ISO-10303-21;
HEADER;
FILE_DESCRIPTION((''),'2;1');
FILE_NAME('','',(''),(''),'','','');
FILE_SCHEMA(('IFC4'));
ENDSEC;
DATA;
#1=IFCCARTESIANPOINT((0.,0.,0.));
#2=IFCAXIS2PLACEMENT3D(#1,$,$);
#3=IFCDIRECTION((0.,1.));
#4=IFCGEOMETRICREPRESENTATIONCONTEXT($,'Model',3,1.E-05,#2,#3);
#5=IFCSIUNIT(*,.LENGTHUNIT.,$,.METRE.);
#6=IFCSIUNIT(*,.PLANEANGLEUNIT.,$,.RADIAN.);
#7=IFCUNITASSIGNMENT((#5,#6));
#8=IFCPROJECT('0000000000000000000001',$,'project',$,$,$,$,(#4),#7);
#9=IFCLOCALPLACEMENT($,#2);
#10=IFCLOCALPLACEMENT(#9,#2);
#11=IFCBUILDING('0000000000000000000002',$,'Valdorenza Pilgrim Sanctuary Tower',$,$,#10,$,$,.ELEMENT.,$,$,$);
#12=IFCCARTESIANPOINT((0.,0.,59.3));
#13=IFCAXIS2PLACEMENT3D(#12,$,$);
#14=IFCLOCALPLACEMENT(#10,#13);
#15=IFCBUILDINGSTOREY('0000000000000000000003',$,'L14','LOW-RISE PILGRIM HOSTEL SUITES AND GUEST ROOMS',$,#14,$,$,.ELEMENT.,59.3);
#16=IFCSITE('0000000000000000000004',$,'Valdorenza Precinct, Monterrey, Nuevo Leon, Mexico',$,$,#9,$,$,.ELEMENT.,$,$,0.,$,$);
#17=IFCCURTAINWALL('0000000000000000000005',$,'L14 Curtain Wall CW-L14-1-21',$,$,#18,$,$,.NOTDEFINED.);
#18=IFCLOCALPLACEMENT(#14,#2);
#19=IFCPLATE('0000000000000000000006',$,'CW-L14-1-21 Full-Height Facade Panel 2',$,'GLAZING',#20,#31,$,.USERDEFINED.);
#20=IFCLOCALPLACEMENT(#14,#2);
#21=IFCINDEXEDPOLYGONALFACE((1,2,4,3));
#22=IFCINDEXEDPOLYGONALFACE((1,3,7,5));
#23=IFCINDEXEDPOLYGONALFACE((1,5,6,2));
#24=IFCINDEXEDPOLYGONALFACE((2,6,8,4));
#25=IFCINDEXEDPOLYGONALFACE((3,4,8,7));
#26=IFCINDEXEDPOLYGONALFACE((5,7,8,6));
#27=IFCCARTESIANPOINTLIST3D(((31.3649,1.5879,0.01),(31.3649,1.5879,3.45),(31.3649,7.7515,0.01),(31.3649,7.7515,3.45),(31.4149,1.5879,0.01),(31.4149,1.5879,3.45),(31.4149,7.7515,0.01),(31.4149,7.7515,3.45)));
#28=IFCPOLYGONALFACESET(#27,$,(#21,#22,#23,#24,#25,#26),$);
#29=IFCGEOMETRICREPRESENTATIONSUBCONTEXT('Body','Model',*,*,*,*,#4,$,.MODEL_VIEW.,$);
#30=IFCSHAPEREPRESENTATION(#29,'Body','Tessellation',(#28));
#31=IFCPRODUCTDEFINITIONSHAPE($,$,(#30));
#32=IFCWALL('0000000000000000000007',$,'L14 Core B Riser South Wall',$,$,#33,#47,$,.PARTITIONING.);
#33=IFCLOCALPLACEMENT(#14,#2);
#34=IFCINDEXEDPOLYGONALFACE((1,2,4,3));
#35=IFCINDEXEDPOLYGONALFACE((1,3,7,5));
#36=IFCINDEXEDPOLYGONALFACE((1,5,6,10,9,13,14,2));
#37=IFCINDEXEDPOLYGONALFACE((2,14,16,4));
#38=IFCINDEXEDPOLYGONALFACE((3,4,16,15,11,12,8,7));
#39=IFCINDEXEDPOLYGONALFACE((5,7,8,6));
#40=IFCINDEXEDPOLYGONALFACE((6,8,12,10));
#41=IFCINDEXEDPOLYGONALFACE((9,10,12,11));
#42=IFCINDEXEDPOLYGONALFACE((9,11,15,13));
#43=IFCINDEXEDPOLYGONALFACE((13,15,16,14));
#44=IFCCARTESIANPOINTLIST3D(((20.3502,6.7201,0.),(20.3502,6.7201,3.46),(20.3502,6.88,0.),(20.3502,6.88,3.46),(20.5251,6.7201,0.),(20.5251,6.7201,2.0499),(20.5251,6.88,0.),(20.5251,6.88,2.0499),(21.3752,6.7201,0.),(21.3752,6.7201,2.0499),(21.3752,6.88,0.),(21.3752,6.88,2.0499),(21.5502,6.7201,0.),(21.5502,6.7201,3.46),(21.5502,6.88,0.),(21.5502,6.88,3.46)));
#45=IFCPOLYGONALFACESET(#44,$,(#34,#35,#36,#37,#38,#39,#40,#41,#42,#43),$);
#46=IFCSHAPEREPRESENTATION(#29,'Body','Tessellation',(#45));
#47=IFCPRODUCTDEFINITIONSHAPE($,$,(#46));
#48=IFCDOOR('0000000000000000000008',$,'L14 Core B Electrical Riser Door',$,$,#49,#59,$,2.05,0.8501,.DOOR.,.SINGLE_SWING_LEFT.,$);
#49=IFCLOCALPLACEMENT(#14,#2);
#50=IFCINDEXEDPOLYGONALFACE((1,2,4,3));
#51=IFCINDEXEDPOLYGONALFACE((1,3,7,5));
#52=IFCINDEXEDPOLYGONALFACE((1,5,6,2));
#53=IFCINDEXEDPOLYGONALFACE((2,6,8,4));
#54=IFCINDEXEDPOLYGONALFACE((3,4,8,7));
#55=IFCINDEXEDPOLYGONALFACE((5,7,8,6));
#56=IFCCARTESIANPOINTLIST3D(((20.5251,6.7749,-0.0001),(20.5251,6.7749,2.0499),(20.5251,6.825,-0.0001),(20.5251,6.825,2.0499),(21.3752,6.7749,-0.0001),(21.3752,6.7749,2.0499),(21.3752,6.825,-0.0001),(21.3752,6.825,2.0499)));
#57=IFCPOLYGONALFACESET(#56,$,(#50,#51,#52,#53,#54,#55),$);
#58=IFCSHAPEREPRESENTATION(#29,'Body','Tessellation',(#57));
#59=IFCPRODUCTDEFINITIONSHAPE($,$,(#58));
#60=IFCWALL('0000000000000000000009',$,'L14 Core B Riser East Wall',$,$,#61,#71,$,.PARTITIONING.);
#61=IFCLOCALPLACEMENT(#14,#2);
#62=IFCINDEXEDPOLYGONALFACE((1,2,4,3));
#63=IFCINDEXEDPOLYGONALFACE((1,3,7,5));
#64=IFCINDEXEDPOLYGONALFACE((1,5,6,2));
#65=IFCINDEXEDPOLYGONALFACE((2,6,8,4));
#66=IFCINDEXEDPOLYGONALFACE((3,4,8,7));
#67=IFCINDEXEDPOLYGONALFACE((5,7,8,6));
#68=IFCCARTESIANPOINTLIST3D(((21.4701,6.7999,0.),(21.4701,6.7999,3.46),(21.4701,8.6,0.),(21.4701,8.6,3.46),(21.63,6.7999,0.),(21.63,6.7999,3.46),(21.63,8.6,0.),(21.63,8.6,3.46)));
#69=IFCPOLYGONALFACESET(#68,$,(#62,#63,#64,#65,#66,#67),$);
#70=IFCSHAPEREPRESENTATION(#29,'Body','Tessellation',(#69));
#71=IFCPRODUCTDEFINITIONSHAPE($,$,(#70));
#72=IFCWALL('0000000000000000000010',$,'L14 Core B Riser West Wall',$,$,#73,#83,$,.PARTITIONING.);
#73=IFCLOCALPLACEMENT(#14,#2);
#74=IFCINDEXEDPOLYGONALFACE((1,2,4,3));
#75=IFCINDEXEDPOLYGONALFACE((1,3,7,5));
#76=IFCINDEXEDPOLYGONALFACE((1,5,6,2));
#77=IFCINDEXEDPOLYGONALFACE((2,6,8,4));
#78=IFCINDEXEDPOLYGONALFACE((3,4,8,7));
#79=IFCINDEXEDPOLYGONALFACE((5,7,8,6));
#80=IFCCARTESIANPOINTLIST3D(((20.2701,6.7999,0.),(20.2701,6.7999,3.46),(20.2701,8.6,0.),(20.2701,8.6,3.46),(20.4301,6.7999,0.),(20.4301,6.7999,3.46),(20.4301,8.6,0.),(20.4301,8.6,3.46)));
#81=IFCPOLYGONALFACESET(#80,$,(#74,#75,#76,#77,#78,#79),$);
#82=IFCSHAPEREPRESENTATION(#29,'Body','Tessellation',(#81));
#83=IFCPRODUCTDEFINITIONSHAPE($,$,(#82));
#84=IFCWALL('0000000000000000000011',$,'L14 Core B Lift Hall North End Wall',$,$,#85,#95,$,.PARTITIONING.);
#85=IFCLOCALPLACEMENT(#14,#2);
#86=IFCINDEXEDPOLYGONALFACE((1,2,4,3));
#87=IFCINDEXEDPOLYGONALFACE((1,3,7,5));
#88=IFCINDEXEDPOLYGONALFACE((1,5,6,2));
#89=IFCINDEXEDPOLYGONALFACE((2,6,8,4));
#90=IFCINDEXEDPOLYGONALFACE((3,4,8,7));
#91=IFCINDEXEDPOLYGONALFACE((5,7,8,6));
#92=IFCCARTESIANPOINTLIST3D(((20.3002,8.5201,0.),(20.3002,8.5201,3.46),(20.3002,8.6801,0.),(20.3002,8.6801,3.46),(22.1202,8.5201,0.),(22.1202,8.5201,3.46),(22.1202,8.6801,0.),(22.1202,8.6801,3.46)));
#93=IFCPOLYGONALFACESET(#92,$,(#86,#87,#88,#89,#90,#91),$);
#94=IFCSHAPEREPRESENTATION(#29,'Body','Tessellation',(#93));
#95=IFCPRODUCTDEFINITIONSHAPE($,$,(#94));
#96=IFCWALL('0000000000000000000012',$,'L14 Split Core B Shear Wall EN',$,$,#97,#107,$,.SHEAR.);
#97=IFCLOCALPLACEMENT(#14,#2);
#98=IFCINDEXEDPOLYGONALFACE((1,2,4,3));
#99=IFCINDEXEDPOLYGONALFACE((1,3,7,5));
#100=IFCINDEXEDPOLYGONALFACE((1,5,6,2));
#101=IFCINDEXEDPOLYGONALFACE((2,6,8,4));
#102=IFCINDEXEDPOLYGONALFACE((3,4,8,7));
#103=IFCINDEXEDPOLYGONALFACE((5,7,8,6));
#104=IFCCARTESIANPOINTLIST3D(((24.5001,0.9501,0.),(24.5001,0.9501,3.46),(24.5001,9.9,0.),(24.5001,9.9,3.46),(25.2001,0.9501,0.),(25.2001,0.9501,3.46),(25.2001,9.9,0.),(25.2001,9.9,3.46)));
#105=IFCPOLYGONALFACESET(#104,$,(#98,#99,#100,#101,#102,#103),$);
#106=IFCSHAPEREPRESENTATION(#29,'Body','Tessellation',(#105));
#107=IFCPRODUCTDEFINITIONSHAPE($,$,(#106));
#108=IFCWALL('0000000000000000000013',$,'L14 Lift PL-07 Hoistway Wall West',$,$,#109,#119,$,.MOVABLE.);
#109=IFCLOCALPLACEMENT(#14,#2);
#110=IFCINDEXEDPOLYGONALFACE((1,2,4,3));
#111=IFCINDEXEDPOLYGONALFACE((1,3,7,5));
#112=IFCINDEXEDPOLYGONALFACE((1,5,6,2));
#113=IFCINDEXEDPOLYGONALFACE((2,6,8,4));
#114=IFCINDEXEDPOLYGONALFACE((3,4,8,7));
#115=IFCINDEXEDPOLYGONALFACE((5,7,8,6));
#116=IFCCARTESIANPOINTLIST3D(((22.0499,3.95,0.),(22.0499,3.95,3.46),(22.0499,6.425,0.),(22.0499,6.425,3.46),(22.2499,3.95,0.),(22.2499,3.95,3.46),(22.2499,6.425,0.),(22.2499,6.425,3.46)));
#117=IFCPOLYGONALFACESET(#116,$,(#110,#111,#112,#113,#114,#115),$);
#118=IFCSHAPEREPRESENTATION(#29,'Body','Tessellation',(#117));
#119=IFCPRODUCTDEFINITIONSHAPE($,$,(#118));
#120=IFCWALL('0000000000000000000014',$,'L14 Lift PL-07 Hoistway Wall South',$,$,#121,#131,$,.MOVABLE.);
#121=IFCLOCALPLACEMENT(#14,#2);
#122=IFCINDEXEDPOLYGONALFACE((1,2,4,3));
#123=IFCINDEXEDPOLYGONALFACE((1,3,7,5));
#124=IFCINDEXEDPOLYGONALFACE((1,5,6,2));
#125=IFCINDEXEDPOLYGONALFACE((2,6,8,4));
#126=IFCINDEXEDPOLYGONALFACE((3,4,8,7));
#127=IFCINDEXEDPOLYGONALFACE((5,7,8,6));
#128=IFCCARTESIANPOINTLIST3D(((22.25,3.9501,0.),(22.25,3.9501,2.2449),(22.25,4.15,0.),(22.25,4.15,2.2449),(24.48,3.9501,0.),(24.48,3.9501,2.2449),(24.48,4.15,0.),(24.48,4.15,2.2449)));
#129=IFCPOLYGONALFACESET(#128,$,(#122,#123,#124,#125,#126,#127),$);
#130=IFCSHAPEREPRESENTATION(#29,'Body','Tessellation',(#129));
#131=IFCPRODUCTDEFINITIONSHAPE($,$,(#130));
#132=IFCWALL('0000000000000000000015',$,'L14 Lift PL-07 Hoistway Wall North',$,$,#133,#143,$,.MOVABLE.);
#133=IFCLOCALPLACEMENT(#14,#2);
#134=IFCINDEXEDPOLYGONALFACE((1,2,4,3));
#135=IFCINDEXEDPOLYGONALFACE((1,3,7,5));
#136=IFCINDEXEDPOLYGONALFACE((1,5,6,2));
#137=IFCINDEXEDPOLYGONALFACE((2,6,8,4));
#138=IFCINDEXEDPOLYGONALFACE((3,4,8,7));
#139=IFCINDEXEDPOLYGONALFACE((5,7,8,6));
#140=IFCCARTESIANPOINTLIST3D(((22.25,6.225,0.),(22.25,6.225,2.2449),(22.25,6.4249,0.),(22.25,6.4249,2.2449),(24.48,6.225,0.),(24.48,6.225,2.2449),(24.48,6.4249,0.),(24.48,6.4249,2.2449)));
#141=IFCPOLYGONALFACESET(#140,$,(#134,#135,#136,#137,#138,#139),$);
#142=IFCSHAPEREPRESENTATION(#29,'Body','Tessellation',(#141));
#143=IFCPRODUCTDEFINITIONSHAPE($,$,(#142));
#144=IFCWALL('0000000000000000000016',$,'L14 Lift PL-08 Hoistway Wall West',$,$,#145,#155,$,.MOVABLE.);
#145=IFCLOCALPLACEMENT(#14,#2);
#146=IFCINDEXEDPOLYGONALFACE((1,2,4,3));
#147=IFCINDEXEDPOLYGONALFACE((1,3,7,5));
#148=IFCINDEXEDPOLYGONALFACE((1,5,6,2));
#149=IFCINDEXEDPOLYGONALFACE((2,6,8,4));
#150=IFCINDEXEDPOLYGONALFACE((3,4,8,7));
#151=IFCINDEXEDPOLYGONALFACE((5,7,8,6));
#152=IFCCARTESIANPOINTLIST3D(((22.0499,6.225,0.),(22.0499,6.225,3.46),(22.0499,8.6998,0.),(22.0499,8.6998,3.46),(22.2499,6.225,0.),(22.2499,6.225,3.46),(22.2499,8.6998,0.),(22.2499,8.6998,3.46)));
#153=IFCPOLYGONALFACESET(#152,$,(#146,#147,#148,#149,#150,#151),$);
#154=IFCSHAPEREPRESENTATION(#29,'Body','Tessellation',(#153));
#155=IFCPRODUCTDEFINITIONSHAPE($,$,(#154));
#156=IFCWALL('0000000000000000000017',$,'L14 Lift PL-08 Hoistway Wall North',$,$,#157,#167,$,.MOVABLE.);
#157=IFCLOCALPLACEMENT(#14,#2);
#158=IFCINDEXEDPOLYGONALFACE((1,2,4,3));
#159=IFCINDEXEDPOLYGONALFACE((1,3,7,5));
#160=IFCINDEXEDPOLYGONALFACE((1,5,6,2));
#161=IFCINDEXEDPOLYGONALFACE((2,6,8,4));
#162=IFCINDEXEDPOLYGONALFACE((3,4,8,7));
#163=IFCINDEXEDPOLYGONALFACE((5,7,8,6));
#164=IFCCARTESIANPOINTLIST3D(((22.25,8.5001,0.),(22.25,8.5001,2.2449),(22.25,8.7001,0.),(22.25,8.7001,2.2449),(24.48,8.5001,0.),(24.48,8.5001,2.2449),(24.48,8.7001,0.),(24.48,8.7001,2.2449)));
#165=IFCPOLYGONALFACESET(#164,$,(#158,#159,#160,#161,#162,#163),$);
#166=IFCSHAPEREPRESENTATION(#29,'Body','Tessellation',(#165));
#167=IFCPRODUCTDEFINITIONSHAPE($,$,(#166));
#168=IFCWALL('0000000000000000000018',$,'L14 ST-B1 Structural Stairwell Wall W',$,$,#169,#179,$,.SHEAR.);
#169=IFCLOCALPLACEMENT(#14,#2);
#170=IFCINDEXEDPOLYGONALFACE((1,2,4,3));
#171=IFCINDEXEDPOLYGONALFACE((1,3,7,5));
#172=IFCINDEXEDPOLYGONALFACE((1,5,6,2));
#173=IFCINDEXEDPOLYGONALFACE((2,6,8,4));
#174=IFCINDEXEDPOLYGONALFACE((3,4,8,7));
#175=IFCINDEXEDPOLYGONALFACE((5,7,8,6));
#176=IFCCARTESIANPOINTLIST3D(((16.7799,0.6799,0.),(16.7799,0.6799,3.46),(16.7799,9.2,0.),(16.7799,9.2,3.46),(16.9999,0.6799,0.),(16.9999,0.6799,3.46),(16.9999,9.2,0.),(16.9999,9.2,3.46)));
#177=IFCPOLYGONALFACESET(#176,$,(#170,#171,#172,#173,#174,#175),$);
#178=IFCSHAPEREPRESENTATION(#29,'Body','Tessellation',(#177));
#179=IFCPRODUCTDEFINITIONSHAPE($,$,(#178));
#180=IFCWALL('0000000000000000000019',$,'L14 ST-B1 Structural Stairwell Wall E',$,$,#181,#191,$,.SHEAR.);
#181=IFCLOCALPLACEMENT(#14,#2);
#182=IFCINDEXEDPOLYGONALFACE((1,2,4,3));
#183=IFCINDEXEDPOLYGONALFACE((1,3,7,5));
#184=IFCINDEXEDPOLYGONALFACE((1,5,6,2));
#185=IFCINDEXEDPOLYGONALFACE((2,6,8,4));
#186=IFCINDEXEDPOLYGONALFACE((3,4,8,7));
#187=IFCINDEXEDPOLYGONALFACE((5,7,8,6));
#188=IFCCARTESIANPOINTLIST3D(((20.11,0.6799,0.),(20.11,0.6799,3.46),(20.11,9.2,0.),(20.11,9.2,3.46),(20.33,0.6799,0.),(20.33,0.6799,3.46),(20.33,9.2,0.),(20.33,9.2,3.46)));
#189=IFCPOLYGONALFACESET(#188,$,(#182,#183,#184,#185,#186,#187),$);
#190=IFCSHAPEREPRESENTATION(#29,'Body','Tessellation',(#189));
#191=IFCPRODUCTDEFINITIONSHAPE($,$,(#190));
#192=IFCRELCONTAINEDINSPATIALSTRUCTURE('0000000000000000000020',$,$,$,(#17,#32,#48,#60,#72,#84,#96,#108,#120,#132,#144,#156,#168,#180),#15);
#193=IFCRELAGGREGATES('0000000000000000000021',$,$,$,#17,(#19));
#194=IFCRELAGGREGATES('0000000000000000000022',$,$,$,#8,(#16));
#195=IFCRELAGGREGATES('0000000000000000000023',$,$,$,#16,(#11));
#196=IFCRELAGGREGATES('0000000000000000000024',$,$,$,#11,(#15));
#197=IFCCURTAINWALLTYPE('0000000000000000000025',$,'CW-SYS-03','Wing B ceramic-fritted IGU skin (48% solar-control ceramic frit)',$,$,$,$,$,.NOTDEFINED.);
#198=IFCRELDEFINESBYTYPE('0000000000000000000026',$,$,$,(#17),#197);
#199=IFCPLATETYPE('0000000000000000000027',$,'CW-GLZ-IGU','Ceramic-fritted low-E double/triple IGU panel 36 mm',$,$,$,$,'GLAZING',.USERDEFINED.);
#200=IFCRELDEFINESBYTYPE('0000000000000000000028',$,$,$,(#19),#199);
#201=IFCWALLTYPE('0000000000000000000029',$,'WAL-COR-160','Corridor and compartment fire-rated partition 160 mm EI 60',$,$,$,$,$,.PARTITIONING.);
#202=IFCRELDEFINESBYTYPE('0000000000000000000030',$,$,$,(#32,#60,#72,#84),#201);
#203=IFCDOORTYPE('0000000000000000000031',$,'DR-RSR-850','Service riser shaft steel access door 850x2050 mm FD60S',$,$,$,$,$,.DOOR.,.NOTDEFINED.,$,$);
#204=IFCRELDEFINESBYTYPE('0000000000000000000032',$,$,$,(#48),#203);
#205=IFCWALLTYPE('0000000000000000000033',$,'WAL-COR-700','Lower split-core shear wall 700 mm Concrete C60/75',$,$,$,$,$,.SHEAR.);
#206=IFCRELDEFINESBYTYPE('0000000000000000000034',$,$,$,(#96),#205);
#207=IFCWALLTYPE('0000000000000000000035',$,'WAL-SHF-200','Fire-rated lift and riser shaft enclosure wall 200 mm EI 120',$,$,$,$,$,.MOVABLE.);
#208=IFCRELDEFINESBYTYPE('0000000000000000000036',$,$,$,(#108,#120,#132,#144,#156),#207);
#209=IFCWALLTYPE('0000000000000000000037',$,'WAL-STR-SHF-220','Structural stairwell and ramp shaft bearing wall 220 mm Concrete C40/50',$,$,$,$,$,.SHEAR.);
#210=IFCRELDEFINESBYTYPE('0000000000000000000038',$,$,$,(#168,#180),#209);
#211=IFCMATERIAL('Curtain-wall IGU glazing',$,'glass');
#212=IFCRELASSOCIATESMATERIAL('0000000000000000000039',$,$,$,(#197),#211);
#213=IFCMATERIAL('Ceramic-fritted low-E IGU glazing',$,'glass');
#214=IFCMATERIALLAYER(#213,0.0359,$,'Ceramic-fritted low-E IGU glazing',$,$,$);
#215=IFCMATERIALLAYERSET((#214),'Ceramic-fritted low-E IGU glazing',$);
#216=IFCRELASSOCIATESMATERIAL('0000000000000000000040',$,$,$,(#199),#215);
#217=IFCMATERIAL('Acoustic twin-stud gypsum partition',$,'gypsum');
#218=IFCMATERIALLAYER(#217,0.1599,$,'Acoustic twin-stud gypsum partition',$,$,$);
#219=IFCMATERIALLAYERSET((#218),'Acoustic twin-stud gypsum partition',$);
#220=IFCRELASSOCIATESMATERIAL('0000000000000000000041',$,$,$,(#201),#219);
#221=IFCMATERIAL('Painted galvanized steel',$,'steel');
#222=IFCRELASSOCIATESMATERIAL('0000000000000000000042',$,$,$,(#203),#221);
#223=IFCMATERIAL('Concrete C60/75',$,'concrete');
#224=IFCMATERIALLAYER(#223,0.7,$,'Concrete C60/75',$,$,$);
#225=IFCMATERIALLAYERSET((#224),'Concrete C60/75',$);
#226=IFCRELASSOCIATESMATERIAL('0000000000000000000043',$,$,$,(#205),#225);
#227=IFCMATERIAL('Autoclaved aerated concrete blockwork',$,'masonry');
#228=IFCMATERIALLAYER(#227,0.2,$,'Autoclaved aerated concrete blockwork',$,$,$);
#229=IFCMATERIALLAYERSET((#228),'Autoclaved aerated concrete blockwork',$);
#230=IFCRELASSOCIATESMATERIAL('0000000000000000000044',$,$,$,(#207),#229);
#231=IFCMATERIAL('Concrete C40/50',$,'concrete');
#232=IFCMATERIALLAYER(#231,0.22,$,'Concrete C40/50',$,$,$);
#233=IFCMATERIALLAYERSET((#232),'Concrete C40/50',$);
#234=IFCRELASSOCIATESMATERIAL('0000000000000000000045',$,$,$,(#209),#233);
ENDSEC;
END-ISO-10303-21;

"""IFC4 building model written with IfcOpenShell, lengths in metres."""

from ifc_helpers import new_model, si_unit, direction, frame, frame_2d, origin, origin_2d, place, context, subcontext, project, spatial, rectangle, extrude, source, transform, mapped, material, layer, layer_set, type_object, element, fill, aggregate, save


model = new_model("IFC4")

# Units and contexts
model_context = context("Model", 3, precision=1e-05, world=origin(), true_north=direction((0.0, 1.0)))
body_context = subcontext(model_context, "Body", "Model", "MODEL_VIEW")
ifc_project = project(units=[si_unit("LENGTHUNIT", "METRE"), si_unit("PLANEANGLEUNIT", "RADIAN")], contexts=[model_context])

# Site, building, storey
site_placement = place(None, origin())
site = spatial("IfcSite", under=ifc_project, at=site_placement, Name="Valdorenza Precinct, Monterrey, Nuevo Leon, Mexico", CompositionType="ELEMENT", RefElevation=0.0)
building_placement = place(site_placement, origin())
building = spatial("IfcBuilding", under=site, at=building_placement, Name="Valdorenza Pilgrim Sanctuary Tower", CompositionType="ELEMENT")
storey_placement = place(building_placement, frame((0.0, 0.0, 59.3)))
storey = spatial("IfcBuildingStorey", under=building, at=storey_placement, Name="L14", Description="LOW-RISE PILGRIM HOSTEL SUITES AND GUEST ROOMS", CompositionType="ELEMENT", Elevation=59.3)

# Curtain wall, plate
ifc_material_1 = material(Name="Curtain-wall IGU glazing", Category="glass")
curtain_wall_type = type_object("IfcCurtainWallType", Name="CW-SYS-03", Description="Wing B ceramic-fritted IGU skin (48% solar-control ceramic frit)", PredefinedType="NOTDEFINED", material=ifc_material_1)
curtain_wall_placement = place(storey_placement, origin())
curtain_wall = element("IfcCurtainWall", 1, at=curtain_wall_placement, inside=storey, type_object=curtain_wall_type, Name="L14 Curtain Wall CW-L14-1-21", PredefinedType="NOTDEFINED")
ifc_material_2 = material(Name="Ceramic-fritted low-E IGU glazing", Category="glass")
ifc_layer_1 = layer(ifc_material_2, 0.0359, Name="Ceramic-fritted low-E IGU glazing")
ifc_layer_set_1 = layer_set([ifc_layer_1], Name="Ceramic-fritted low-E IGU glazing")
plate_type = type_object("IfcPlateType", Name="CW-GLZ-IGU", Description="Ceramic-fritted low-E double/triple IGU panel 36 mm", ElementType="GLAZING", PredefinedType="USERDEFINED", material=ifc_layer_set_1)
shared_shape_1 = source(origin(), body_context, "Body", "SweptSolid", [
    extrude(rectangle(XDim=6.1636, YDim=0.05, at=origin_2d()), origin(), (0.0, 0.0, 1.0), 3.4399),
])
plate_placement = place(storey_placement, frame((31.3899, 4.6697, 0.01), z_axis=(0.0, 0.0, 1.0), x_axis=(0.0, -1.0, 0.0)))
plate = element("IfcPlate", 2, at=plate_placement, type_object=plate_type, Name="CW-L14-1-21 Full-Height Facade Panel 2", ObjectType="GLAZING", PredefinedType="USERDEFINED", context=body_context, shape_type="MappedRepresentation", body=[
    mapped(shared_shape_1, transform((0.0, 0.0, 0.0), x_axis=(1.0, 0.0, 0.0), y_axis=(0.0, 1.0, 0.0), z_axis=(0.0, 0.0, 1.0), scale=1.0)),
])
aggregate(curtain_wall, [plate])

# Wall, opening, door
ifc_material_3 = material(Name="Acoustic twin-stud gypsum partition", Category="gypsum")
ifc_layer_2 = layer(ifc_material_3, 0.1599, Name="Acoustic twin-stud gypsum partition")
ifc_layer_set_2 = layer_set([ifc_layer_2], Name="Acoustic twin-stud gypsum partition")
wall_type_1 = type_object("IfcWallType", Name="WAL-COR-160", Description="Corridor and compartment fire-rated partition 160 mm EI 60", PredefinedType="PARTITIONING", material=ifc_layer_set_2)
wall_1_placement = place(storey_placement, frame((20.3501, 6.8, 0.0), z_axis=(0.0, 0.0, 1.0), x_axis=(1.0, 0.0, 0.0)))
wall_1 = element("IfcWall", 3, at=wall_1_placement, inside=storey, type_object=wall_type_1, Name="L14 Core B Riser South Wall", PredefinedType="PARTITIONING", context=body_context, shape_type="SweptSolid", body=[
    extrude(rectangle(XDim=1.2, YDim=0.1599, at=frame_2d((0.6001, 0.0))), origin(), (0.0, 0.0, 1.0), 3.46),
])
opening_1_placement = place(wall_1_placement, frame((0.175, 0.0, 0.0)))
opening_1 = element("IfcOpeningElement", 4, at=opening_1_placement, cuts=wall_1, PredefinedType="OPENING", context=body_context, shape_type="SweptSolid", body=[
    extrude(rectangle(XDim=0.8501, YDim=2.05, at=frame_2d((0.425, 1.0249))), frame((0.0, 0.0947, 0.0), z_axis=(0.0, -1.0, 0.0), x_axis=(1.0, 0.0, 0.0)), (0.0, 0.0, 1.0), 0.1897),
])
ifc_material_4 = material(Name="Painted galvanized steel", Category="steel")
door_type_1 = type_object("IfcDoorType", Name="DR-RSR-850", Description="Service riser shaft steel access door 850x2050 mm FD60S", OperationType="NOTDEFINED", PredefinedType="DOOR", material=ifc_material_4)
door_1_placement = place(opening_1_placement, origin())
door_1 = element("IfcDoor", 5, at=door_1_placement, inside=storey, type_object=door_type_1, Name="L14 Core B Electrical Riser Door", OperationType="SINGLE_SWING_LEFT", OverallHeight=2.05, OverallWidth=0.8501, PredefinedType="DOOR", context=body_context, shape_type="SweptSolid", body=[
    extrude(rectangle(XDim=0.8501, YDim=2.05, at=frame_2d((0.425, 1.0249))), frame((0.0, 0.0249, 0.0), z_axis=(0.0, -1.0, 0.0), x_axis=(1.0, 0.0, 0.0)), (0.0, 0.0, 1.0), 0.05),
])
fill(opening_1, door_1)

# Walls
for number, where, z_axis, x_axis, name in (
    (6, (21.55, 6.8, 0.0), (0.0, 0.0, 1.0), (0.0, 1.0, 0.0), "L14 Core B Riser East Wall"),
    (7, (20.3501, 6.8, 0.0), (0.0, 0.0, 1.0), (0.0, 1.0, 0.0), "L14 Core B Riser West Wall"),
):
    element("IfcWall", number, at=place(storey_placement, frame(where, z_axis=z_axis, x_axis=x_axis)), inside=storey, type_object=wall_type_1, Name=name, PredefinedType="PARTITIONING", context=body_context, shape_type="SweptSolid", body=[
        extrude(rectangle(XDim=1.8, YDim=0.1599, at=frame_2d((0.8999, 0.0))), origin(), (0.0, 0.0, 1.0), 3.46),
    ])
wall_2_placement = place(storey_placement, frame((20.3, 8.6001, 0.0), z_axis=(0.0, 0.0, 1.0), x_axis=(1.0, 0.0, 0.0)))
element("IfcWall", 8, at=wall_2_placement, inside=storey, type_object=wall_type_1, Name="L14 Core B Lift Hall North End Wall", PredefinedType="PARTITIONING", context=body_context, shape_type="SweptSolid", body=[
    extrude(rectangle(XDim=1.8201, YDim=0.1599, at=frame_2d((0.9102, 0.0))), origin(), (0.0, 0.0, 1.0), 3.46),
])
ifc_material_5 = material(Name="Concrete C60/75", Category="concrete")
ifc_layer_3 = layer(ifc_material_5, 0.7, Name="Concrete C60/75")
ifc_layer_set_3 = layer_set([ifc_layer_3], Name="Concrete C60/75")
wall_type_2 = type_object("IfcWallType", Name="WAL-COR-700", Description="Lower split-core shear wall 700 mm Concrete C60/75", PredefinedType="SHEAR", material=ifc_layer_set_3)
wall_3_placement = place(storey_placement, frame((24.8501, 0.95, 0.0), z_axis=(0.0, 0.0, 1.0), x_axis=(0.0, 1.0, 0.0)))
element("IfcWall", 9, at=wall_3_placement, inside=storey, type_object=wall_type_2, Name="L14 Split Core B Shear Wall EN", PredefinedType="SHEAR", context=body_context, shape_type="SweptSolid", body=[
    extrude(rectangle(XDim=8.95, YDim=0.7, at=frame_2d((4.4751, 0.0))), origin(), (0.0, 0.0, 1.0), 3.46),
])
ifc_material_6 = material(Name="Autoclaved aerated concrete blockwork", Category="masonry")
ifc_layer_4 = layer(ifc_material_6, 0.2, Name="Autoclaved aerated concrete blockwork")
ifc_layer_set_4 = layer_set([ifc_layer_4], Name="Autoclaved aerated concrete blockwork")
wall_type_3 = type_object("IfcWallType", Name="WAL-SHF-200", Description="Fire-rated lift and riser shaft enclosure wall 200 mm EI 120", PredefinedType="MOVABLE", material=ifc_layer_set_4)
wall_4_placement = place(storey_placement, frame((22.1499, 3.95, 0.0), z_axis=(0.0, 0.0, 1.0), x_axis=(0.0, 1.0, 0.0)))
element("IfcWall", 10, at=wall_4_placement, inside=storey, type_object=wall_type_3, Name="L14 Lift PL-07 Hoistway Wall West", PredefinedType="MOVABLE", context=body_context, shape_type="SweptSolid", body=[
    extrude(rectangle(XDim=2.4751, YDim=0.2, at=frame_2d((1.2375, 0.0))), origin(), (0.0, 0.0, 1.0), 3.46),
])
for number, where, z_axis, x_axis, name in (
    (11, (22.25, 4.05, 0.0), (0.0, 0.0, 1.0), (1.0, 0.0, 0.0), "L14 Lift PL-07 Hoistway Wall South"),
    (12, (22.25, 6.325, 0.0), (0.0, 0.0, 1.0), (1.0, 0.0, 0.0), "L14 Lift PL-07 Hoistway Wall North"),
):
    element("IfcWall", number, at=place(storey_placement, frame(where, z_axis=z_axis, x_axis=x_axis)), inside=storey, type_object=wall_type_3, Name=name, PredefinedType="MOVABLE", context=body_context, shape_type="SweptSolid", body=[
        extrude(rectangle(XDim=2.23, YDim=0.2, at=frame_2d((1.115, 0.0))), origin(), (0.0, 0.0, 1.0), 2.2449),
    ])
wall_5_placement = place(storey_placement, frame((22.1499, 6.2251, 0.0), z_axis=(0.0, 0.0, 1.0), x_axis=(0.0, 1.0, 0.0)))
element("IfcWall", 13, at=wall_5_placement, inside=storey, type_object=wall_type_3, Name="L14 Lift PL-08 Hoistway Wall West", PredefinedType="MOVABLE", context=body_context, shape_type="SweptSolid", body=[
    extrude(rectangle(XDim=2.4749, YDim=0.2, at=frame_2d((1.2373, 0.0))), origin(), (0.0, 0.0, 1.0), 3.46),
])
wall_6_placement = place(storey_placement, frame((22.25, 8.6001, 0.0), z_axis=(0.0, 0.0, 1.0), x_axis=(1.0, 0.0, 0.0)))
element("IfcWall", 14, at=wall_6_placement, inside=storey, type_object=wall_type_3, Name="L14 Lift PL-08 Hoistway Wall North", PredefinedType="MOVABLE", context=body_context, shape_type="SweptSolid", body=[
    extrude(rectangle(XDim=2.23, YDim=0.2, at=frame_2d((1.115, 0.0))), origin(), (0.0, 0.0, 1.0), 2.2449),
])
ifc_material_7 = material(Name="Concrete C40/50", Category="concrete")
ifc_layer_5 = layer(ifc_material_7, 0.22, Name="Concrete C40/50")
ifc_layer_set_5 = layer_set([ifc_layer_5], Name="Concrete C40/50")
wall_type_4 = type_object("IfcWallType", Name="WAL-STR-SHF-220", Description="Structural stairwell and ramp shaft bearing wall 220 mm Concrete C40/50", PredefinedType="SHEAR", material=ifc_layer_set_5)
for number, where, z_axis, x_axis, name in (
    (15, (16.8899, 0.6799, 0.0), (0.0, 0.0, 1.0), (0.0, 1.0, 0.0), "L14 ST-B1 Structural Stairwell Wall W"),
    (16, (20.22, 0.6799, 0.0), (0.0, 0.0, 1.0), (0.0, 1.0, 0.0), "L14 ST-B1 Structural Stairwell Wall E"),
):
    element("IfcWall", number, at=place(storey_placement, frame(where, z_axis=z_axis, x_axis=x_axis)), inside=storey, type_object=wall_type_4, Name=name, PredefinedType="SHEAR", context=body_context, shape_type="SweptSolid", body=[
        extrude(rectangle(XDim=8.52, YDim=0.22, at=frame_2d((4.26, 0.0))), origin(), (0.0, 0.0, 1.0), 3.46),
    ])

save(model, "model.ifc")
